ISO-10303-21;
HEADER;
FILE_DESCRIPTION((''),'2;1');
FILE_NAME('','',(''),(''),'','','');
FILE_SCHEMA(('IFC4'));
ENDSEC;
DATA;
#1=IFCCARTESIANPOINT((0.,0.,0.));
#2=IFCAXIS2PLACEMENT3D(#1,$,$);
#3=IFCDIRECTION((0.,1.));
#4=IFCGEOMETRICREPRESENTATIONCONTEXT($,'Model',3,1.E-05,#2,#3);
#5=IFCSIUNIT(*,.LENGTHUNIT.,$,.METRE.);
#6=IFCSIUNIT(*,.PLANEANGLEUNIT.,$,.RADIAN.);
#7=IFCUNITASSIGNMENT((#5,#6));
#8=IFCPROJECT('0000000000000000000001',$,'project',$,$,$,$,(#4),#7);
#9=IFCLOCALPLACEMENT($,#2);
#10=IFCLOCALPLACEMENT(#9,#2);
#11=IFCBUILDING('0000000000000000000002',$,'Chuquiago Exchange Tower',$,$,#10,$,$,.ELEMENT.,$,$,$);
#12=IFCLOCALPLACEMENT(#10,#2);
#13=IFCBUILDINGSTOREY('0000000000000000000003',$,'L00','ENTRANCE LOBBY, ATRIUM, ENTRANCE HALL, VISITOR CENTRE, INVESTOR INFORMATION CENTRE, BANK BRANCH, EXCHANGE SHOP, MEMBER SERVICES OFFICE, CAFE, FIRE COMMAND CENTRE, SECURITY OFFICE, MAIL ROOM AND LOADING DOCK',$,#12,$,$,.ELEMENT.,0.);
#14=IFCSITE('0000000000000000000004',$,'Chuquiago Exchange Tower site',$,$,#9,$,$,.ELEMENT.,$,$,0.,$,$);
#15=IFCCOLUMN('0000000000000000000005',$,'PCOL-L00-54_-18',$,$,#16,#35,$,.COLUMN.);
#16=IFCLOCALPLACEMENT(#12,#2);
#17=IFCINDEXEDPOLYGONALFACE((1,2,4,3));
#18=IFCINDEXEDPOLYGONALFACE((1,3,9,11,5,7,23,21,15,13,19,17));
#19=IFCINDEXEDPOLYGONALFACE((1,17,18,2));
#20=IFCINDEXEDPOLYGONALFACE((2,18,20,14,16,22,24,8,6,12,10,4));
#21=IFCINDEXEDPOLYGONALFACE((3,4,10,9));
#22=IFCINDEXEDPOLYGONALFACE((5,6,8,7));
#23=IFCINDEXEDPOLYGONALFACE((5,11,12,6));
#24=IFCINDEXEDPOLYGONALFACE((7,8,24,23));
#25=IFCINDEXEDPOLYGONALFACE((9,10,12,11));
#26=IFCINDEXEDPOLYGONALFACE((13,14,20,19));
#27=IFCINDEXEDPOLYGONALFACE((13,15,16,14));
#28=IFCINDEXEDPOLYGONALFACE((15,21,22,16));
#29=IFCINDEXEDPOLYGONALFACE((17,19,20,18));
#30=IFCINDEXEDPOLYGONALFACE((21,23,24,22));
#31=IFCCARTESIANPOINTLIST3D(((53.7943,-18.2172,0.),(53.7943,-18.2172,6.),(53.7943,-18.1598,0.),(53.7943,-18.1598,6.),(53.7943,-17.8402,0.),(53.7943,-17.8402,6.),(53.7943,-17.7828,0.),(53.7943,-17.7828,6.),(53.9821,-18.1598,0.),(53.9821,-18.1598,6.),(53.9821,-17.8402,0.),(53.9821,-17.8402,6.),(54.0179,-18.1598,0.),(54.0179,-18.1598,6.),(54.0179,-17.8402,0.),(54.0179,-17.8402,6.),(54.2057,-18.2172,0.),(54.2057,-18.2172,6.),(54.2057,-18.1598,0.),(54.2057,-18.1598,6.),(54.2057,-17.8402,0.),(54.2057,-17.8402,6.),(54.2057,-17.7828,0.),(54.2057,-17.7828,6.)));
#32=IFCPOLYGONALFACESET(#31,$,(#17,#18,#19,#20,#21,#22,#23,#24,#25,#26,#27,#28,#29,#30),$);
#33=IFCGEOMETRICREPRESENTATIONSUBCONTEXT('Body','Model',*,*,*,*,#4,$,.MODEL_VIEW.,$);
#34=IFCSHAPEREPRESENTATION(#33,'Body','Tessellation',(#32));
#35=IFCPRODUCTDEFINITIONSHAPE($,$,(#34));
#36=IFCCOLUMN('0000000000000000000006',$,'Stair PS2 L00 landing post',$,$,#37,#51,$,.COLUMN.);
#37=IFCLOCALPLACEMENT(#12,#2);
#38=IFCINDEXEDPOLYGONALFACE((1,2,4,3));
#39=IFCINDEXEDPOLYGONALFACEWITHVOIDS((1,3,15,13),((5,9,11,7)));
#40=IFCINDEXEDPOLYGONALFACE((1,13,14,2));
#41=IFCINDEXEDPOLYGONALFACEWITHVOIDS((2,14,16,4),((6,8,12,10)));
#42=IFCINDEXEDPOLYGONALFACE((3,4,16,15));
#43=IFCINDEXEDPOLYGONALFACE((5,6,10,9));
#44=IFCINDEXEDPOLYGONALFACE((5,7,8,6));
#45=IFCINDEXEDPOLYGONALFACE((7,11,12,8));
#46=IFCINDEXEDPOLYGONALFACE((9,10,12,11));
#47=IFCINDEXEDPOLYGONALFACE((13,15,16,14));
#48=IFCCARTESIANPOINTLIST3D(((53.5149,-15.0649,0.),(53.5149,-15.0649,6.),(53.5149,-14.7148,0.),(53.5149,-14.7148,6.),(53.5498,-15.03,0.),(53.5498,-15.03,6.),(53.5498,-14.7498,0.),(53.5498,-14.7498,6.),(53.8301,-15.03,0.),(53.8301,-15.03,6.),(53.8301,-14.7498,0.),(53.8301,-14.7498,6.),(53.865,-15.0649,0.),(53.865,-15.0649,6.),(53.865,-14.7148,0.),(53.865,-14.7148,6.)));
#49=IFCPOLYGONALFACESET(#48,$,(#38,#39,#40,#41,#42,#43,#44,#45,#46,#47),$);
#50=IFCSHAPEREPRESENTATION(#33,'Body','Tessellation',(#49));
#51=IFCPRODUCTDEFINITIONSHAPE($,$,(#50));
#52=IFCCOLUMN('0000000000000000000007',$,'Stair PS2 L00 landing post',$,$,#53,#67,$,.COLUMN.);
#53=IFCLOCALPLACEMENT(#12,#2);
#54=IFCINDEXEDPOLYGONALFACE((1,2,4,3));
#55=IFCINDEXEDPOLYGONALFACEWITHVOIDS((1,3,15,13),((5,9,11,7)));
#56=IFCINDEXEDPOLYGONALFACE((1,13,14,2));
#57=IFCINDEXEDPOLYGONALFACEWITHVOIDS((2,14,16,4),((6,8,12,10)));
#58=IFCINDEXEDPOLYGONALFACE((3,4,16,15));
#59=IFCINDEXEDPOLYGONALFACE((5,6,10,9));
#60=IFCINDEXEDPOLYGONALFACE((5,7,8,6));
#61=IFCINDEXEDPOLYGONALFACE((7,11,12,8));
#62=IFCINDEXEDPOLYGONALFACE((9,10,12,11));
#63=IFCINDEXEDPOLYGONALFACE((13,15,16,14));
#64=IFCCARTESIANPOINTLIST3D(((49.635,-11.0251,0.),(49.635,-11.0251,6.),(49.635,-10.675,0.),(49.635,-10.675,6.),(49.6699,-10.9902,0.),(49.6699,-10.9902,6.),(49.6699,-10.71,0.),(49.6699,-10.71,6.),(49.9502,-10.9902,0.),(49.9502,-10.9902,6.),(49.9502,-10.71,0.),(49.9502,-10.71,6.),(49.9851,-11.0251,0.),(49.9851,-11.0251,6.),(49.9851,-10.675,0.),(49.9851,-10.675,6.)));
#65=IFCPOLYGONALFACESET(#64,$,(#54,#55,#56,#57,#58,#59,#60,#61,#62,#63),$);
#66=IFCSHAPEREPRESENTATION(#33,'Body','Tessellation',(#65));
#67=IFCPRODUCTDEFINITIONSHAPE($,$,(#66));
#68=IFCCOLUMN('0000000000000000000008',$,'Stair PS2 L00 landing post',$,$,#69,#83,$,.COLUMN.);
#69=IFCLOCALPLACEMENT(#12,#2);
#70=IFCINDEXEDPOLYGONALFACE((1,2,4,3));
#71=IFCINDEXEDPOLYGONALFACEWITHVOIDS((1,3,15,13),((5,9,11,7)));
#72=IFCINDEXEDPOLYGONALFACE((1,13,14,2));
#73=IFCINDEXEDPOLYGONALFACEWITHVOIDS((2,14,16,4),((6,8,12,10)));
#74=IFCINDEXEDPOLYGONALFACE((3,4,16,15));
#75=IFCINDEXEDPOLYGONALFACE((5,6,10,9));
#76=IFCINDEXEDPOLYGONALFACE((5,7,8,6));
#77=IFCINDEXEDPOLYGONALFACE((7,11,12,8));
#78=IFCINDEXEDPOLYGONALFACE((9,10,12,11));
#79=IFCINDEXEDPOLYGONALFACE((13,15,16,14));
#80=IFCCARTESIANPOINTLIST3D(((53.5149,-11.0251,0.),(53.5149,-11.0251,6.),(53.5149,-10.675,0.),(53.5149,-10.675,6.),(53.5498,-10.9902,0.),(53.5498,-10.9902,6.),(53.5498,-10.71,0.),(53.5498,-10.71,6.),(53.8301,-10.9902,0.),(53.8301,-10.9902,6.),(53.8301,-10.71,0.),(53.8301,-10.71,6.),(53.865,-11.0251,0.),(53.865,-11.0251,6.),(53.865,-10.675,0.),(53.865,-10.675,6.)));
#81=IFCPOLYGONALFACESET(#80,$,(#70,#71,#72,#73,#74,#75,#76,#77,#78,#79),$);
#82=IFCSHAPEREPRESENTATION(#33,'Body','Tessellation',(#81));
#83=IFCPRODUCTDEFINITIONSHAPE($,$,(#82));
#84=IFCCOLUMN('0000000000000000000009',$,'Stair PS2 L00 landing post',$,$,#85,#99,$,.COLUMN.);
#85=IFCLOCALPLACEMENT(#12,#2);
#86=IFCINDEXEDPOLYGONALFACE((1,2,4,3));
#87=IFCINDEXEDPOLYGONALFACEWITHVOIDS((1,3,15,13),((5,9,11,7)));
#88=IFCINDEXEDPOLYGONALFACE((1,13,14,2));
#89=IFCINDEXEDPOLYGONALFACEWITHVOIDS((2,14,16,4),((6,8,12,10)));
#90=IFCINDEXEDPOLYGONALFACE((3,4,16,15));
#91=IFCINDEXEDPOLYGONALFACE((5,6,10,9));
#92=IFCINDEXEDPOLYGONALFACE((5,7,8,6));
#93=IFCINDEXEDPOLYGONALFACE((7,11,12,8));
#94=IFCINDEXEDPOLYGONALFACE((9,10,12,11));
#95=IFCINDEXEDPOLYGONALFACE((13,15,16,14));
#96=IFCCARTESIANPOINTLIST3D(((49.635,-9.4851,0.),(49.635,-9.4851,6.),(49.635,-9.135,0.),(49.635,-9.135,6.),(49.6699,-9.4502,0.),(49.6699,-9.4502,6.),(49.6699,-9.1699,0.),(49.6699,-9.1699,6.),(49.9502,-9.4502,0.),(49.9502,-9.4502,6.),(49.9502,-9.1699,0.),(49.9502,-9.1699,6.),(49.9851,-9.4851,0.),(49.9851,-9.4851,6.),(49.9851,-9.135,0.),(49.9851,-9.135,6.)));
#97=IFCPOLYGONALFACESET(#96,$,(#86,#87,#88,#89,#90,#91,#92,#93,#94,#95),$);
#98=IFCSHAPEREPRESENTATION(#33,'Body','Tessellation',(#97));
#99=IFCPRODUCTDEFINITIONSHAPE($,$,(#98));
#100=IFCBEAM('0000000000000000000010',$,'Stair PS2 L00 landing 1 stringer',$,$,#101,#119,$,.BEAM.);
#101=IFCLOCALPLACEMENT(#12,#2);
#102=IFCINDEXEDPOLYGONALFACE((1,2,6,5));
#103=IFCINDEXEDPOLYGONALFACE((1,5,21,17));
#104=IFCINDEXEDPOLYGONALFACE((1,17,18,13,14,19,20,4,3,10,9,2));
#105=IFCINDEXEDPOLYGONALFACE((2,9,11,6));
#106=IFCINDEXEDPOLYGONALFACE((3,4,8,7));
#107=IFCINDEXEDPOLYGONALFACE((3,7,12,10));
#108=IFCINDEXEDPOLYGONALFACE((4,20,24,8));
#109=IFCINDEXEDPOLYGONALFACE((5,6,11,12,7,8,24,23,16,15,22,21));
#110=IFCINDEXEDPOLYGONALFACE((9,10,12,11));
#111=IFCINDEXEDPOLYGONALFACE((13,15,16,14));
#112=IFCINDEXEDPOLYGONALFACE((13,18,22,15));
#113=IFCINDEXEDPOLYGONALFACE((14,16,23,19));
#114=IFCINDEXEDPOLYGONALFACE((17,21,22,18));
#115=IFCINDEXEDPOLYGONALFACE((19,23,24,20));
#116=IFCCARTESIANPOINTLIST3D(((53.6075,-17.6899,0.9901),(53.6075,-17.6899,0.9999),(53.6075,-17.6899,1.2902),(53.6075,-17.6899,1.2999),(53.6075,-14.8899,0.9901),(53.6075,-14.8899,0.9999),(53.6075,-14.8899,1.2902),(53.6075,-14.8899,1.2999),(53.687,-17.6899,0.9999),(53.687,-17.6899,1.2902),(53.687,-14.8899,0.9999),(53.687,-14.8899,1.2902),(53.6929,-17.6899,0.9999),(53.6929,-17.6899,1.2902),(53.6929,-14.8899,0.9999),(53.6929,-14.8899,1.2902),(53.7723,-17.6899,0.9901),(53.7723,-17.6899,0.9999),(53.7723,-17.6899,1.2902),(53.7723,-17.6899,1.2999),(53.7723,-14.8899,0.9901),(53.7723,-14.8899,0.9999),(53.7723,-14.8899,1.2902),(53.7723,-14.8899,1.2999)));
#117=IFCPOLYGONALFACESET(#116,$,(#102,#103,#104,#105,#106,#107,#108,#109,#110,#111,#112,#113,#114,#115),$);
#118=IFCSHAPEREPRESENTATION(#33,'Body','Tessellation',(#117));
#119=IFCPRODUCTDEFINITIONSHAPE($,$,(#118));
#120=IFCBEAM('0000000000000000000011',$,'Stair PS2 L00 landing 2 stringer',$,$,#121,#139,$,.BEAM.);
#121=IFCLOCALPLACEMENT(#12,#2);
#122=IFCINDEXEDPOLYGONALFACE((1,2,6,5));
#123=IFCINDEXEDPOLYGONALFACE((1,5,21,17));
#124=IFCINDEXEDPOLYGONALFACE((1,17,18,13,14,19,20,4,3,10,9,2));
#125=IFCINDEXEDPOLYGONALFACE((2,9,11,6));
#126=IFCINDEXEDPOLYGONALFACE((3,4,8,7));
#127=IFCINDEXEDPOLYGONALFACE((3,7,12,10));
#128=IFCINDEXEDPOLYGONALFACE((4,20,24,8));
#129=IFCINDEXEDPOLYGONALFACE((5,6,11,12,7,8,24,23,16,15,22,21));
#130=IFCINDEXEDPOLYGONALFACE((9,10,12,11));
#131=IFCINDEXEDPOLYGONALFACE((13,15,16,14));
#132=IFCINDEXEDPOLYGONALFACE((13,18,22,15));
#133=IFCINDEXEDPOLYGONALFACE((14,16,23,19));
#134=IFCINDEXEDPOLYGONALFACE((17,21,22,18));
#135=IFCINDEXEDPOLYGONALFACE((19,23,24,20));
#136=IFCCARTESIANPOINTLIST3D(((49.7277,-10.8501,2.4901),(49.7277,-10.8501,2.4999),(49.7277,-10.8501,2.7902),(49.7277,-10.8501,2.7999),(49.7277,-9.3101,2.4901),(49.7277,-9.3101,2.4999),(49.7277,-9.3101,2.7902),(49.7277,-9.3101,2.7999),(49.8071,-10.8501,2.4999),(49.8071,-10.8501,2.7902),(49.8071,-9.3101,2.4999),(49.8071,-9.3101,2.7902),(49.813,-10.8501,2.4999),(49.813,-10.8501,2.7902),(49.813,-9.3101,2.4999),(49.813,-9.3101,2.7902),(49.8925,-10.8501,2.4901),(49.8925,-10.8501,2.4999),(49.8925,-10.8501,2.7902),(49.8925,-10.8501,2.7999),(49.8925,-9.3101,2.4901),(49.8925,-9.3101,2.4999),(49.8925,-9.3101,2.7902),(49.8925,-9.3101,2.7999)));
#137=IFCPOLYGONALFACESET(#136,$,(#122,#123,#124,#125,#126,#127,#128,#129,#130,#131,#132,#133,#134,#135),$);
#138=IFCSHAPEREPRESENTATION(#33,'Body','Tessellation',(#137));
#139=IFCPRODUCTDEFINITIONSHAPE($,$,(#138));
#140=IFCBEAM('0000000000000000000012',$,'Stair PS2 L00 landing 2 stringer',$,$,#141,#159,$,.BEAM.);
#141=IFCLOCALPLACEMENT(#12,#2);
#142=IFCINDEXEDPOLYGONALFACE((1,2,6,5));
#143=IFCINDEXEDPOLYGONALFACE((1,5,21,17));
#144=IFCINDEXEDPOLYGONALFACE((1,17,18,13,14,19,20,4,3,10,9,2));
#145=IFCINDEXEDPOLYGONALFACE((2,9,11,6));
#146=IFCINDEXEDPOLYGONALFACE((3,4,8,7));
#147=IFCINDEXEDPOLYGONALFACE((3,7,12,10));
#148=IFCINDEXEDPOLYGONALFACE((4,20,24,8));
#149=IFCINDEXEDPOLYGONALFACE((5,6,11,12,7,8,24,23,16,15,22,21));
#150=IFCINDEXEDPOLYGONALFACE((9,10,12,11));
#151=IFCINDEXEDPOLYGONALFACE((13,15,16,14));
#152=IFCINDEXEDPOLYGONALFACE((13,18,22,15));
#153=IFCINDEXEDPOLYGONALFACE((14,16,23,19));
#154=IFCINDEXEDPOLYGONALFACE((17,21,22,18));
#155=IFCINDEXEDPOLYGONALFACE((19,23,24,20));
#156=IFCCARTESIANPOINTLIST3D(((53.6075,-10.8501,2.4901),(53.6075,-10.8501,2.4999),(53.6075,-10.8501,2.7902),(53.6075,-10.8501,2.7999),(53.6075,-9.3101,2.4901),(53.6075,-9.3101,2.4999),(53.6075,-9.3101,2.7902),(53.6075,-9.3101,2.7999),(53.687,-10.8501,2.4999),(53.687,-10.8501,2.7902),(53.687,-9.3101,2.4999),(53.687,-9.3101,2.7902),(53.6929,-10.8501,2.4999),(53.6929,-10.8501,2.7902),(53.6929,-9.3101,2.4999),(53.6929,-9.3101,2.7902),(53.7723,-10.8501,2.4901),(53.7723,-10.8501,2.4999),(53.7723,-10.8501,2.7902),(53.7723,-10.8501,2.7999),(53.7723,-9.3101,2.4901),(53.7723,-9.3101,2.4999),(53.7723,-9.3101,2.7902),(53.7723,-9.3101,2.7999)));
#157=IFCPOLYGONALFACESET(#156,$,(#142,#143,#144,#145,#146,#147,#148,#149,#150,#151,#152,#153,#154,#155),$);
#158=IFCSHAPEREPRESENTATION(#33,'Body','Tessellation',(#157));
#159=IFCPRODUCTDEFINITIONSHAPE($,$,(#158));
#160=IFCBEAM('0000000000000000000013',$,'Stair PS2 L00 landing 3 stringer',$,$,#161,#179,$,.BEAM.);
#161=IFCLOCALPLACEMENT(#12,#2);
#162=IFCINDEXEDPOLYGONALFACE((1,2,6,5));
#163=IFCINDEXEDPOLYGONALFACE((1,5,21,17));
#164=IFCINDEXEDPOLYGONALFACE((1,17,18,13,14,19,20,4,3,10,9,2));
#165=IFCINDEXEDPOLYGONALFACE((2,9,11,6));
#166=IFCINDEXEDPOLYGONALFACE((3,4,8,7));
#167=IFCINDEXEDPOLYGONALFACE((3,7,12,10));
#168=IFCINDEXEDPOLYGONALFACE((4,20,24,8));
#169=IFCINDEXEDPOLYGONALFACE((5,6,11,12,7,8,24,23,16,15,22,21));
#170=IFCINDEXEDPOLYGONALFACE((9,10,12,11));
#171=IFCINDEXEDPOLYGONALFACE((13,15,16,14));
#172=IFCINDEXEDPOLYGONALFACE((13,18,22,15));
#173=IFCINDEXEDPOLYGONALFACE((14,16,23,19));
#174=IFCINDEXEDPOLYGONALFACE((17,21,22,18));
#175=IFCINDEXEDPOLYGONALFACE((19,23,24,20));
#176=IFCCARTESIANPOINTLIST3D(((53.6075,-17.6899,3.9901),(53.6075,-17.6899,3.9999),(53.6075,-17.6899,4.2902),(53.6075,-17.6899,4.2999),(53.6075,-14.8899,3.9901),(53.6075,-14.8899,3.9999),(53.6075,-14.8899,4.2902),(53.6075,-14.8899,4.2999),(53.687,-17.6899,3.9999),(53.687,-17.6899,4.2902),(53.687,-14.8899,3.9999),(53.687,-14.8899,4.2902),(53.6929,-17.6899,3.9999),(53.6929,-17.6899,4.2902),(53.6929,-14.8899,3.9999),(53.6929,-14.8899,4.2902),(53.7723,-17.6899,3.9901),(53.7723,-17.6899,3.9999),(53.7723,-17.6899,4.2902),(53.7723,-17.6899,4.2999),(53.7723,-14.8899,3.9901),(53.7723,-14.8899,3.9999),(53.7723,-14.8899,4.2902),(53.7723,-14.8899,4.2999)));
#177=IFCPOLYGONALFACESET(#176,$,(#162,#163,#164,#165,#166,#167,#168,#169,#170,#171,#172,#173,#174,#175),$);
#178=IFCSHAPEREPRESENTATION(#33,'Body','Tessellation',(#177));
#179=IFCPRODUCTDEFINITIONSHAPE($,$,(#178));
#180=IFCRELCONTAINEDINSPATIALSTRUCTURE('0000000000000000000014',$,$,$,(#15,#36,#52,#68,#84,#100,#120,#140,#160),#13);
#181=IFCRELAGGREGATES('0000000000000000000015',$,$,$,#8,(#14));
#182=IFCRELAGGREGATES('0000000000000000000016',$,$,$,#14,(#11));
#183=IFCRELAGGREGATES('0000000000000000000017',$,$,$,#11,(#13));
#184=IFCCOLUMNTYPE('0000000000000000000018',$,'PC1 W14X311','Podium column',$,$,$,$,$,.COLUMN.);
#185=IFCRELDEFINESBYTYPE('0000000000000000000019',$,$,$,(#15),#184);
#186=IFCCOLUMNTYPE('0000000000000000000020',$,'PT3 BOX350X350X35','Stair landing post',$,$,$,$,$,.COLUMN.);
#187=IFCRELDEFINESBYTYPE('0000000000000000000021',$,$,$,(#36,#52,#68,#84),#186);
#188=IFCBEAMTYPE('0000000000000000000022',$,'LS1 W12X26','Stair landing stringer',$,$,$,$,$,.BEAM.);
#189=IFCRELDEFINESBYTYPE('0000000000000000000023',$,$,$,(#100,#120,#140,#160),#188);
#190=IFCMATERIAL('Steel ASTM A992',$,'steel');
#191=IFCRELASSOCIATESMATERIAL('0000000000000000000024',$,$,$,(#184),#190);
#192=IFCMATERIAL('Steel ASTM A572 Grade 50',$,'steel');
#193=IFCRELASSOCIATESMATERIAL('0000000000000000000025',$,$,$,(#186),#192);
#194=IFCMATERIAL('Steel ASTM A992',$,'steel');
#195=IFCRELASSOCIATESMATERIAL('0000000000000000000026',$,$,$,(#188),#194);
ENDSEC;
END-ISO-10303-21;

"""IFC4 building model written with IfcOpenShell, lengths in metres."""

from ifc_helpers import new_model, si_unit, direction, frame, origin, origin_2d, place, context, subcontext, project, spatial, hollow_rectangle, i_section, extrude, material, material_profile, profile_set, type_object, element, save


model = new_model("IFC4")

# Units and contexts
model_context = context("Model", 3, precision=1e-05, world=origin(), true_north=direction((0.0, 1.0)))
body_context = subcontext(model_context, "Body", "Model", "MODEL_VIEW")
ifc_project = project(units=[si_unit("LENGTHUNIT", "METRE"), si_unit("PLANEANGLEUNIT", "RADIAN")], contexts=[model_context])

# Site, building, storey
site_placement = place(None, origin())
site = spatial("IfcSite", under=ifc_project, at=site_placement, Name="Chuquiago Exchange Tower site", CompositionType="ELEMENT", RefElevation=0.0)
building_placement = place(site_placement, origin())
building = spatial("IfcBuilding", under=site, at=building_placement, Name="Chuquiago Exchange Tower", CompositionType="ELEMENT")
storey_placement = place(building_placement, origin())
storey = spatial("IfcBuildingStorey", under=building, at=storey_placement, Name="L00", Description="ENTRANCE LOBBY, ATRIUM, ENTRANCE HALL, VISITOR CENTRE, INVESTOR INFORMATION CENTRE, BANK BRANCH, EXCHANGE SHOP, MEMBER SERVICES OFFICE, CAFE, FIRE COMMAND CENTRE, SECURITY OFFICE, MAIL ROOM AND LOADING DOCK", CompositionType="ELEMENT", Elevation=0.0)

# Columns
ifc_material_1 = material(Name="Steel ASTM A992", Category="steel")
ifc_material_profile_1 = material_profile(ifc_material_1, i_section(OverallWidth=0.4114, OverallDepth=0.4343, WebThickness=0.0359, FlangeThickness=0.0574, at=origin_2d()), Name="W14X311")
ifc_profile_set_1 = profile_set([ifc_material_profile_1], Name="Steel ASTM A992")
column_type_1 = type_object("IfcColumnType", Name="PC1 W14X311", Description="Podium column", PredefinedType="COLUMN", material=ifc_profile_set_1)
column_placement = place(storey_placement, frame((54.0, -18.0, 0.0), z_axis=(0.0, 0.0, 1.0), x_axis=(1.0, 0.0, 0.0)))
element("IfcColumn", 1, at=column_placement, inside=storey, type_object=column_type_1, Name="PCOL-L00-54_-18", PredefinedType="COLUMN", context=body_context, shape_type="SweptSolid", body=[
    extrude(i_section(OverallWidth=0.4114, OverallDepth=0.4343, WebThickness=0.0359, FlangeThickness=0.0574, at=origin_2d()), origin(), (0.0, 0.0, 1.0), 6.0),
])
ifc_material_2 = material(Name="Steel ASTM A572 Grade 50", Category="steel")
ifc_material_profile_2 = material_profile(ifc_material_2, hollow_rectangle(XDim=0.3501, YDim=0.3501, WallThickness=0.0349, at=origin_2d()), Name="BOX350X350X35")
ifc_profile_set_2 = profile_set([ifc_material_profile_2], Name="Steel ASTM A572 Grade 50")
column_type_2 = type_object("IfcColumnType", Name="PT3 BOX350X350X35", Description="Stair landing post", PredefinedType="COLUMN", material=ifc_profile_set_2)
for number, where, z_axis, x_axis, name in (
    (2, (53.6899, -14.8899, 0.0), (0.0, 0.0, 1.0), (1.0, 0.0, 0.0), "Stair PS2 L00 landing post"),
    (3, (49.8101, -10.8501, 0.0), (0.0, 0.0, 1.0), (1.0, 0.0, 0.0), "Stair PS2 L00 landing post"),
    (4, (53.6899, -10.8501, 0.0), (0.0, 0.0, 1.0), (1.0, 0.0, 0.0), "Stair PS2 L00 landing post"),
    (5, (49.8101, -9.3101, 0.0), (0.0, 0.0, 1.0), (1.0, 0.0, 0.0), "Stair PS2 L00 landing post"),
):
    element("IfcColumn", number, at=place(storey_placement, frame(where, z_axis=z_axis, x_axis=x_axis)), inside=storey, type_object=column_type_2, Name=name, PredefinedType="COLUMN", context=body_context, shape_type="SweptSolid", body=[
        extrude(hollow_rectangle(XDim=0.3501, YDim=0.3501, WallThickness=0.0349, at=origin_2d()), origin(), (0.0, 0.0, 1.0), 6.0),
    ])

# Beams
ifc_material_3 = material(Name="Steel ASTM A992", Category="steel")
ifc_material_profile_3 = material_profile(ifc_material_3, i_section(OverallWidth=0.1648, OverallDepth=0.3098, WebThickness=0.0059, FlangeThickness=0.0098, at=origin_2d()), Name="W12X26")
ifc_profile_set_3 = profile_set([ifc_material_profile_3], Name="Steel ASTM A992")
beam_type_1 = type_object("IfcBeamType", Name="LS1 W12X26", Description="Stair landing stringer", PredefinedType="BEAM", material=ifc_profile_set_3)
beam_1_placement = place(storey_placement, frame((53.6899, -17.6899, 1.145), z_axis=(0.0, 1.0, 0.0), x_axis=(-1.0, 0.0, 0.0)))
element("IfcBeam", 6, at=beam_1_placement, inside=storey, type_object=beam_type_1, Name="Stair PS2 L00 landing 1 stringer", PredefinedType="BEAM", context=body_context, shape_type="SweptSolid", body=[
    extrude(i_section(OverallWidth=0.1648, OverallDepth=0.3098, WebThickness=0.0059, FlangeThickness=0.0098, at=origin_2d()), origin(), (0.0, 0.0, 1.0), 2.8),
])
for number, where, z_axis, x_axis, name in (
    (7, (49.8101, -10.8501, 2.645), (0.0, 1.0, 0.0), (-1.0, 0.0, 0.0), "Stair PS2 L00 landing 2 stringer"),
    (8, (53.6899, -10.8501, 2.645), (0.0, 1.0, 0.0), (-1.0, 0.0, 0.0), "Stair PS2 L00 landing 2 stringer"),
):
    element("IfcBeam", number, at=place(storey_placement, frame(where, z_axis=z_axis, x_axis=x_axis)), inside=storey, type_object=beam_type_1, Name=name, PredefinedType="BEAM", context=body_context, shape_type="SweptSolid", body=[
        extrude(i_section(OverallWidth=0.1648, OverallDepth=0.3098, WebThickness=0.0059, FlangeThickness=0.0098, at=origin_2d()), origin(), (0.0, 0.0, 1.0), 1.54),
    ])
beam_2_placement = place(storey_placement, frame((53.6899, -17.6899, 4.145), z_axis=(0.0, 1.0, 0.0), x_axis=(-1.0, 0.0, 0.0)))
element("IfcBeam", 9, at=beam_2_placement, inside=storey, type_object=beam_type_1, Name="Stair PS2 L00 landing 3 stringer", PredefinedType="BEAM", context=body_context, shape_type="SweptSolid", body=[
    extrude(i_section(OverallWidth=0.1648, OverallDepth=0.3098, WebThickness=0.0059, FlangeThickness=0.0098, at=origin_2d()), origin(), (0.0, 0.0, 1.0), 2.8),
])

save(model, "model.ifc")
